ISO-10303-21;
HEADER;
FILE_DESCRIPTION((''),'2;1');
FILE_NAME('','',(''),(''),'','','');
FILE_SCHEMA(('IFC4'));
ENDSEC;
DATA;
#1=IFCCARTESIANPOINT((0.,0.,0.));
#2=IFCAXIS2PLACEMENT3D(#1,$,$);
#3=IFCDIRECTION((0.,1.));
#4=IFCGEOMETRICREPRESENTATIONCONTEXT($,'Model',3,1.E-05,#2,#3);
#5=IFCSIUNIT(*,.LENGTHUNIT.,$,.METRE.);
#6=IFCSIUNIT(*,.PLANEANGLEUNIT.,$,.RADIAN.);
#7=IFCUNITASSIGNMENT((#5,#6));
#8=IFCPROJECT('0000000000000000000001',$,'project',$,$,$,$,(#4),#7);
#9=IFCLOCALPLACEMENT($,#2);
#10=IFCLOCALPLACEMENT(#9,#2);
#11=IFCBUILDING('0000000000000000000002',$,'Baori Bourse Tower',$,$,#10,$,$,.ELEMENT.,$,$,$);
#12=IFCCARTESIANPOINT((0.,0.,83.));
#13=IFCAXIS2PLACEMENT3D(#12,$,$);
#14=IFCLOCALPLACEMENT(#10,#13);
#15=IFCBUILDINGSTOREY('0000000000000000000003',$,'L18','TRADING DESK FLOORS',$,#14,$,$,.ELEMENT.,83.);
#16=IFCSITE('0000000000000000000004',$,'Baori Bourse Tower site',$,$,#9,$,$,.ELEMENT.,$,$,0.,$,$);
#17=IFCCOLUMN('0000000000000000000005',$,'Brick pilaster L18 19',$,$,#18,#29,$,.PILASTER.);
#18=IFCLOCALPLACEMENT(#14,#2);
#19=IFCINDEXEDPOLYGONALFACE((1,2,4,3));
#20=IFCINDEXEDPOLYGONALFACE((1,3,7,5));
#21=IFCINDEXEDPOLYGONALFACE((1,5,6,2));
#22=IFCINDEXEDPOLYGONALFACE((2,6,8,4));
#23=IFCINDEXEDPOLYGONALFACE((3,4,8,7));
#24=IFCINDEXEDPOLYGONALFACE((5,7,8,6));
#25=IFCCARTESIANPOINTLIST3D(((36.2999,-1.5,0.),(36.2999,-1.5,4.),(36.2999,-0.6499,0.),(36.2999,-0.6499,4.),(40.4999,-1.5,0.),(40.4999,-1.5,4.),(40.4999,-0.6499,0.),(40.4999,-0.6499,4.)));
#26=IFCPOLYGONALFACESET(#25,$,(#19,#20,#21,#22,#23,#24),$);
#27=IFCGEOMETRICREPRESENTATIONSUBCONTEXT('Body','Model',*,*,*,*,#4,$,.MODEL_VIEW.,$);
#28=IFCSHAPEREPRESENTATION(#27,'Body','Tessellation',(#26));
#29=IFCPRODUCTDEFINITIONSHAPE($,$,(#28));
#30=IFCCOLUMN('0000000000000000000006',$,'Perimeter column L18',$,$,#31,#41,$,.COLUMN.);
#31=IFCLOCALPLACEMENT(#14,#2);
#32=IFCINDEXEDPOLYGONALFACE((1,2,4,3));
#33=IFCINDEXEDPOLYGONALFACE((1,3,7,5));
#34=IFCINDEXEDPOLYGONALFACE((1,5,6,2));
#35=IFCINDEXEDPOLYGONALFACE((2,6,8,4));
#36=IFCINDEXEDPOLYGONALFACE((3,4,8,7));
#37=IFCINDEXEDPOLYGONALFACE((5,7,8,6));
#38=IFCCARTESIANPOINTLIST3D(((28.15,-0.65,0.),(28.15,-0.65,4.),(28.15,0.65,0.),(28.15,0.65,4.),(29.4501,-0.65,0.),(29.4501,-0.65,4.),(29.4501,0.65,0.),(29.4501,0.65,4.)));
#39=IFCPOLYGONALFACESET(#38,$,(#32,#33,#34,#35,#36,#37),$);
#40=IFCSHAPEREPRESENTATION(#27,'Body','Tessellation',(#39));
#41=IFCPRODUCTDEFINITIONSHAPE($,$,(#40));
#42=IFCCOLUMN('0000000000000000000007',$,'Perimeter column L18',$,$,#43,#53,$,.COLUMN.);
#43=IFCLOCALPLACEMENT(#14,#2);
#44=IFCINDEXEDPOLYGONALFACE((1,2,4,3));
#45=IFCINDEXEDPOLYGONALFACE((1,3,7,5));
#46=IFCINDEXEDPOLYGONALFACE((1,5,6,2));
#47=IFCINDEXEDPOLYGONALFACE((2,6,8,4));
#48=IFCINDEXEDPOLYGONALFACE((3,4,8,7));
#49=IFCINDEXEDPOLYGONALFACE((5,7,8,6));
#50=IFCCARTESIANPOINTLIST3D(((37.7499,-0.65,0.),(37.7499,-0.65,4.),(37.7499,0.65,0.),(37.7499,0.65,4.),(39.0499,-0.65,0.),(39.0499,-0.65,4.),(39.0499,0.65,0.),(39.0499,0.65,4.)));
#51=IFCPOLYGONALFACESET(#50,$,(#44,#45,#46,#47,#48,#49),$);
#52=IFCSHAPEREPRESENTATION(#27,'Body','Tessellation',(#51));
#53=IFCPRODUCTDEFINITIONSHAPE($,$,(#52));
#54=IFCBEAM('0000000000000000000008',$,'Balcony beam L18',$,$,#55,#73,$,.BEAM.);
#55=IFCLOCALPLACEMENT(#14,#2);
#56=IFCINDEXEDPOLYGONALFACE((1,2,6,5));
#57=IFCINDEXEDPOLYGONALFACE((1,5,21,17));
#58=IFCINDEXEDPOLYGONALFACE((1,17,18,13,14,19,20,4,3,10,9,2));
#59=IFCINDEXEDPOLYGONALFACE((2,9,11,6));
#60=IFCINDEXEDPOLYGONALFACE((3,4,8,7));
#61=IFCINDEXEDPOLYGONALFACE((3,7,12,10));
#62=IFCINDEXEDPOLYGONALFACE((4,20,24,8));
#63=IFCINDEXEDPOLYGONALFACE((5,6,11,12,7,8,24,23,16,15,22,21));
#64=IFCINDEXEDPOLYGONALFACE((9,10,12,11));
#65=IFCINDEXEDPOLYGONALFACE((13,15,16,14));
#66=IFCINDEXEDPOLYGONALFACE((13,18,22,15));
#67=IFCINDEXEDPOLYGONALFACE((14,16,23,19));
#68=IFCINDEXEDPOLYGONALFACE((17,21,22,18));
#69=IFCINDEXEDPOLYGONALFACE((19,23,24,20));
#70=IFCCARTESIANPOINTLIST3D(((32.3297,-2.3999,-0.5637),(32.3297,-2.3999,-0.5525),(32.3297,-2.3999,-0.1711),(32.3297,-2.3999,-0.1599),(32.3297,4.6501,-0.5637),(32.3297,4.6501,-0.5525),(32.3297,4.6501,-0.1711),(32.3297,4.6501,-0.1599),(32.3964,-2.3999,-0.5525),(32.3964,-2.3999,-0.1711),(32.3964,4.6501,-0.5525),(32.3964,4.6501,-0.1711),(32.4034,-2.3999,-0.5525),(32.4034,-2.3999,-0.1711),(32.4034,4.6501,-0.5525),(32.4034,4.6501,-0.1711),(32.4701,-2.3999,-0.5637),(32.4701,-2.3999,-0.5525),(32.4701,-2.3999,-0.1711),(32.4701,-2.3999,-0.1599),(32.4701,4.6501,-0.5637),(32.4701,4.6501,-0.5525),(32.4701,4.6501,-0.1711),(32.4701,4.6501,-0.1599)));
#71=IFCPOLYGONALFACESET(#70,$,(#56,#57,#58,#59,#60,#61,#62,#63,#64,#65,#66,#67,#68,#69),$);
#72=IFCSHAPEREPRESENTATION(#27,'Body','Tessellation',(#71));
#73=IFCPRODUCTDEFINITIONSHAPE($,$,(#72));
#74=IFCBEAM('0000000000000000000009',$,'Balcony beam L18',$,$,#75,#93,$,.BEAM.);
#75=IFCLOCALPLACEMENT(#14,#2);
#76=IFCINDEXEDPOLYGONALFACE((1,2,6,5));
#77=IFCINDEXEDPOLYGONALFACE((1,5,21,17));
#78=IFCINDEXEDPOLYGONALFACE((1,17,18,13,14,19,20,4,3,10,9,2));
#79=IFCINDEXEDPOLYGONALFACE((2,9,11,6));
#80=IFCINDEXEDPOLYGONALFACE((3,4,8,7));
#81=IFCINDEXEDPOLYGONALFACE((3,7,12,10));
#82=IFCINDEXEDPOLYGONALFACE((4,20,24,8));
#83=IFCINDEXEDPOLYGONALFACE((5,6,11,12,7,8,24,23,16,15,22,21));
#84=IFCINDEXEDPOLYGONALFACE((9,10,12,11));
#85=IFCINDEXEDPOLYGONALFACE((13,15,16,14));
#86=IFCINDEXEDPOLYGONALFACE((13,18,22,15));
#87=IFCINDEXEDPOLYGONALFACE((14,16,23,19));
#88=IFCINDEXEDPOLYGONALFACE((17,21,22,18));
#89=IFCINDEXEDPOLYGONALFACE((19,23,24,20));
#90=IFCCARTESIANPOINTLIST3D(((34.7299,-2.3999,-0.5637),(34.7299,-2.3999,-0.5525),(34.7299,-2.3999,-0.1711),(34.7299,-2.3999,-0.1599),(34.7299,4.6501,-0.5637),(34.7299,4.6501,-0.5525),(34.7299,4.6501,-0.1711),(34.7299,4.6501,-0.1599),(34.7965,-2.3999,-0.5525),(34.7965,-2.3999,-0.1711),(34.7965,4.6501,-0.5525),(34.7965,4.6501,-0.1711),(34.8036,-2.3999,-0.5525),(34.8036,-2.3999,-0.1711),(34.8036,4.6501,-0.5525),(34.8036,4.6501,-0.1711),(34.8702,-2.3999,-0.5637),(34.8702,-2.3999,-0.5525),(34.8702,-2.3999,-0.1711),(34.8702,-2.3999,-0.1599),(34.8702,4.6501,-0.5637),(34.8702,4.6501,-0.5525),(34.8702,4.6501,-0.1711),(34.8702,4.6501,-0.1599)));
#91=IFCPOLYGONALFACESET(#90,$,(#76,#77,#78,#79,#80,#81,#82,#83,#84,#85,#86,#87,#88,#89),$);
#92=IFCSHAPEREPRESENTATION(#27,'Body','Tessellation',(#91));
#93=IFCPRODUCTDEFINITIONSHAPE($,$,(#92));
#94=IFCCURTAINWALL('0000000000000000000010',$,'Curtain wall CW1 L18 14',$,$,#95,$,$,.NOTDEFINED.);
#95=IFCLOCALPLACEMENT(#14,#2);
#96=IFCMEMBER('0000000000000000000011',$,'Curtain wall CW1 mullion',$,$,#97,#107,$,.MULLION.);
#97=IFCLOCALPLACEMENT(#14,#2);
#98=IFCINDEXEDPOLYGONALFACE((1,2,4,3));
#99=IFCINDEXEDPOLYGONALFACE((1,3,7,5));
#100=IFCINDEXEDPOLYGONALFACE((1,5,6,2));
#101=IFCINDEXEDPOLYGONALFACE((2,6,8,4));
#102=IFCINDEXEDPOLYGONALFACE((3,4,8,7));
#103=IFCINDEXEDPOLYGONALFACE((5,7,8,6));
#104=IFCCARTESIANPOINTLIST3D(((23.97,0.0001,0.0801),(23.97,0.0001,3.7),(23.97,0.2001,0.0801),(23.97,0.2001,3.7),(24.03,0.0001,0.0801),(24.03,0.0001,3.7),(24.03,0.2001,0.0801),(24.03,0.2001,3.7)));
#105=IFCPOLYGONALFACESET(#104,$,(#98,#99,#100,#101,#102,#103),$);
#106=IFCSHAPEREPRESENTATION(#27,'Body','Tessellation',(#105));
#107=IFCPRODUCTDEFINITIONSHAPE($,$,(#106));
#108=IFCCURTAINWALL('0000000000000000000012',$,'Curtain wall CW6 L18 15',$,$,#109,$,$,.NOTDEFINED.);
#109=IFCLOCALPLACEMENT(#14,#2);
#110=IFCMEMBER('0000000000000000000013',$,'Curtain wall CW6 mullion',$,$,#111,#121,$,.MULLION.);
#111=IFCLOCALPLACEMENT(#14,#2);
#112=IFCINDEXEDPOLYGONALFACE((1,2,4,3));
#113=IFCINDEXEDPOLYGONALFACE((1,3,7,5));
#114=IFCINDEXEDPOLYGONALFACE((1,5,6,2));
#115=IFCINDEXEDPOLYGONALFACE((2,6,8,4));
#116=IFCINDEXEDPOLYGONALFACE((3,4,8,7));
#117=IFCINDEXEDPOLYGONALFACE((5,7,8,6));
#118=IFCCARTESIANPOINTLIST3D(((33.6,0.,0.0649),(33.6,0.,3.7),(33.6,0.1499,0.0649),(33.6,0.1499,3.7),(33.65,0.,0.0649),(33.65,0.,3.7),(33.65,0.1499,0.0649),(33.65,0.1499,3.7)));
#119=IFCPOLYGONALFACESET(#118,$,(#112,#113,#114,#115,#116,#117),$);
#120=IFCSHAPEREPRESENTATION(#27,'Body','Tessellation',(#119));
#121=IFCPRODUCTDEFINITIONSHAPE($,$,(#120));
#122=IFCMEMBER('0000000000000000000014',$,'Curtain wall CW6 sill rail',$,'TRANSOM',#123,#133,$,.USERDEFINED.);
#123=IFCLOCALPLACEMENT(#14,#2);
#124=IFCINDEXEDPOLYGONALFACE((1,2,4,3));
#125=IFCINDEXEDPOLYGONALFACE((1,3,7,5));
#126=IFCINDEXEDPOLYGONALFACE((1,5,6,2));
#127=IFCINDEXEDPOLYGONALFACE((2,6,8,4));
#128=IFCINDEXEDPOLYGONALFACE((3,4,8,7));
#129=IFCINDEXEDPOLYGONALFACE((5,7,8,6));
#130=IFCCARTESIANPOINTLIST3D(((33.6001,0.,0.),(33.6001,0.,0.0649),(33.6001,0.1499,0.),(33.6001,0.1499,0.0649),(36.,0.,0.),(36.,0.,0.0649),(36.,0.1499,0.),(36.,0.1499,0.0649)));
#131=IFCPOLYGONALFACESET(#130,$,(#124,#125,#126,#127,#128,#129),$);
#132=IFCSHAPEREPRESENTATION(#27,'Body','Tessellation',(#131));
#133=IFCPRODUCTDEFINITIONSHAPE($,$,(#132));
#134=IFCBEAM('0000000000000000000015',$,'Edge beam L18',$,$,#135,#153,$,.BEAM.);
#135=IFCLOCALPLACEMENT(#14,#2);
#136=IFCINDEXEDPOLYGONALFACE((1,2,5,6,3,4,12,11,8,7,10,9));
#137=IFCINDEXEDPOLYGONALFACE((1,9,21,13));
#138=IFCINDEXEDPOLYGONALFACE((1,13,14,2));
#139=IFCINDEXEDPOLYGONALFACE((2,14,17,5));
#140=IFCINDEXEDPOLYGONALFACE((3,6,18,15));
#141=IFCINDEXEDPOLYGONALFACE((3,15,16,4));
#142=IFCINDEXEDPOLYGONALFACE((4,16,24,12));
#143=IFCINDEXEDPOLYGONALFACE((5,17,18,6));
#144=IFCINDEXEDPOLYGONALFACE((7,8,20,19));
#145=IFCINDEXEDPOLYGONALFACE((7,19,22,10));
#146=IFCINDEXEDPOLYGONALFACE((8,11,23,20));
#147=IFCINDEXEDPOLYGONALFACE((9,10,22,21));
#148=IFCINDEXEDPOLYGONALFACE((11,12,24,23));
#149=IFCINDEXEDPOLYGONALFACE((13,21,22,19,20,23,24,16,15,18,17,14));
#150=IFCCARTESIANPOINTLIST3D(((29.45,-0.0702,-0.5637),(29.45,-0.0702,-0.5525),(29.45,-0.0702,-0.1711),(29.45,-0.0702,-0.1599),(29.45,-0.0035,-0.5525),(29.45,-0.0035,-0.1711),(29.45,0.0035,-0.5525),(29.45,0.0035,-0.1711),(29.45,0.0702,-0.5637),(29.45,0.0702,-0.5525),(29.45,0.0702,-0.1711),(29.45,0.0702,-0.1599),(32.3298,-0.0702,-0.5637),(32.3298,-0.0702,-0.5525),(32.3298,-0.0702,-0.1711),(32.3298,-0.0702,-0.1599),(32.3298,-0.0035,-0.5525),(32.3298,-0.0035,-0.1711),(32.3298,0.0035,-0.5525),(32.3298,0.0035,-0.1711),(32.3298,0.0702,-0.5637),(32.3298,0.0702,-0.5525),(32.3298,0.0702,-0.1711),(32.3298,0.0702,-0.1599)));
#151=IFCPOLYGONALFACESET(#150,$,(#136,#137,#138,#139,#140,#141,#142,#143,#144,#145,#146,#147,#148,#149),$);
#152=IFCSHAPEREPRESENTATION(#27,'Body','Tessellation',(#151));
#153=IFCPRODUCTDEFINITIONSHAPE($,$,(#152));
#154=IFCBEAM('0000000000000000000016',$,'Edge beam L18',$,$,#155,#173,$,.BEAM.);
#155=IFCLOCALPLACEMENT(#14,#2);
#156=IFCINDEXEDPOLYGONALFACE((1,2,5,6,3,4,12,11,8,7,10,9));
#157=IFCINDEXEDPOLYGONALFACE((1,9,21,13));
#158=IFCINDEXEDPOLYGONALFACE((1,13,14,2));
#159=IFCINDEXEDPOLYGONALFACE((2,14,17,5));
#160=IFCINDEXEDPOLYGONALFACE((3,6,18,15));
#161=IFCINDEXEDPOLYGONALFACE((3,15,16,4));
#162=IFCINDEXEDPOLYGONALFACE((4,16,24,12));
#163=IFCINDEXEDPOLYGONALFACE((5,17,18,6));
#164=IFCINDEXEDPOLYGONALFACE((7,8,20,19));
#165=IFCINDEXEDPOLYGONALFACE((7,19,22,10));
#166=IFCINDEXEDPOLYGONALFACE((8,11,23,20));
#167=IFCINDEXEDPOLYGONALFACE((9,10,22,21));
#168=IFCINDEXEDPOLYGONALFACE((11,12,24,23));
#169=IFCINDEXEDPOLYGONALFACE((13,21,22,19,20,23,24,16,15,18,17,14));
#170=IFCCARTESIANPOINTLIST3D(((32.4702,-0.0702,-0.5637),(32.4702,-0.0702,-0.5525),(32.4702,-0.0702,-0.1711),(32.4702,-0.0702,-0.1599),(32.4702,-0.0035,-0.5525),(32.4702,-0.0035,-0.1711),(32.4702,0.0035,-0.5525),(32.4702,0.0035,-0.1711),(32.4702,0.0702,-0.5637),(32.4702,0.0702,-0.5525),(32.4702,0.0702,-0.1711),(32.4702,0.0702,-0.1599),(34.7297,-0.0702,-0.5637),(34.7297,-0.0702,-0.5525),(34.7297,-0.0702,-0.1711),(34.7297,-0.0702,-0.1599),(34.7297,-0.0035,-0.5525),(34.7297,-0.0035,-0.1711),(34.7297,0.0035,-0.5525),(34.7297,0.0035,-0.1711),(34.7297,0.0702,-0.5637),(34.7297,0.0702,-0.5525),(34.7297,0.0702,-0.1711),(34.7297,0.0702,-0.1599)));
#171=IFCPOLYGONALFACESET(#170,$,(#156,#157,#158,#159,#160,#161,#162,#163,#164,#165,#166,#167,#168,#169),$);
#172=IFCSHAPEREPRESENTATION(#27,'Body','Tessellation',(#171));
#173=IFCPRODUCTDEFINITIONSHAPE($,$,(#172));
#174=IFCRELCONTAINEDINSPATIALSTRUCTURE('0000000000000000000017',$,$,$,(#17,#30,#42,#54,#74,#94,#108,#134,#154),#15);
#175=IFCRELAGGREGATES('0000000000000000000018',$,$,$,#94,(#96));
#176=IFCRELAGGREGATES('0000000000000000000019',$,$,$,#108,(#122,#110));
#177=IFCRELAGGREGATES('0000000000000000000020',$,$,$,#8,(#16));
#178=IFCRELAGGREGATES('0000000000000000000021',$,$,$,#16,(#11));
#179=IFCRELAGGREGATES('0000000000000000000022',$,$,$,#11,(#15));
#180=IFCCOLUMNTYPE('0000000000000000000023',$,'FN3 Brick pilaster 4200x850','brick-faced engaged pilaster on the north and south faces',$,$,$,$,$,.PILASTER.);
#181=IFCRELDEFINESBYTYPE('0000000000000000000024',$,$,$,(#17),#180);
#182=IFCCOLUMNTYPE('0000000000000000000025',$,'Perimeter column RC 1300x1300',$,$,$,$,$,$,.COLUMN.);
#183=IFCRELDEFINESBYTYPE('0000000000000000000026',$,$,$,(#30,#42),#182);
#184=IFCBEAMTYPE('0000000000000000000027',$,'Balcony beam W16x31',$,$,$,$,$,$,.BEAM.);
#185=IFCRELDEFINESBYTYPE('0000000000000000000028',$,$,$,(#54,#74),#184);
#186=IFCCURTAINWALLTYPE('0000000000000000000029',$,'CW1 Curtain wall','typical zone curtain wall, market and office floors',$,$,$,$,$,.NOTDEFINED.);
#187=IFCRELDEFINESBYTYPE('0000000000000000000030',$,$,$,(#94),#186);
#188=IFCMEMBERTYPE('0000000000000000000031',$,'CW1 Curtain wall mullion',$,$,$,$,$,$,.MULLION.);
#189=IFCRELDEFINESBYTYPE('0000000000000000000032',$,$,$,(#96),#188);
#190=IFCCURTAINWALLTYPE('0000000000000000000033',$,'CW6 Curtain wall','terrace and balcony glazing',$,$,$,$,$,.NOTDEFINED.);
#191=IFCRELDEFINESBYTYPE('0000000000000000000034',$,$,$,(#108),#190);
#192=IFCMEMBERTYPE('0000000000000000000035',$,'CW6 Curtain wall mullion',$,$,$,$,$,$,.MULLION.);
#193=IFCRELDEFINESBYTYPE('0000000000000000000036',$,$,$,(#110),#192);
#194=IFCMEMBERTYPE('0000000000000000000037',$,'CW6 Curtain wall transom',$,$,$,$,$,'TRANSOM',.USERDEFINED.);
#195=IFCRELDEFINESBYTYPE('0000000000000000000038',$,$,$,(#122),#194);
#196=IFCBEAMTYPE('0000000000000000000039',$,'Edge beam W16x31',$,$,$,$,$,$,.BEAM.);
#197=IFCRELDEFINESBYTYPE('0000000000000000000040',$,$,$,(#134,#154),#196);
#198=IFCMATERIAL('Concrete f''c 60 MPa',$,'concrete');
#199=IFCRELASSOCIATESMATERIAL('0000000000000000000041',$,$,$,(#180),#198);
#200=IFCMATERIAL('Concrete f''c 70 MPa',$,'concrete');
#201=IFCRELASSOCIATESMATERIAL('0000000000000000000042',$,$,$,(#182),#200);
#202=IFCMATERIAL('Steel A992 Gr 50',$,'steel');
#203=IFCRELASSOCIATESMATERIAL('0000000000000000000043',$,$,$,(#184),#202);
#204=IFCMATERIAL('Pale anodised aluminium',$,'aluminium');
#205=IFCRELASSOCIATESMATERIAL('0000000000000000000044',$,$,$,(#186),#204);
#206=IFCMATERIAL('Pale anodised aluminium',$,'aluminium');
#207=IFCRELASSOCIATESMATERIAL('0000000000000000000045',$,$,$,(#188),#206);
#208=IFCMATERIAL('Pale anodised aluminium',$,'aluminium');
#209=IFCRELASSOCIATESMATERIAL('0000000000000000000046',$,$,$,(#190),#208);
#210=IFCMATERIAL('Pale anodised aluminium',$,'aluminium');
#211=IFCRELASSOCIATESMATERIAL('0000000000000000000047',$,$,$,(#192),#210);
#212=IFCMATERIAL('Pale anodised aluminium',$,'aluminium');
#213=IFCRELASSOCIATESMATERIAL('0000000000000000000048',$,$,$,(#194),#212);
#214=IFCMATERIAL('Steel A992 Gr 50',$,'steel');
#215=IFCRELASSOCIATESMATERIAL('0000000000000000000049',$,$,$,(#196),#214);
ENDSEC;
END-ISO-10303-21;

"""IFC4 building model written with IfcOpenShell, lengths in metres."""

from ifc_helpers import new_model, si_unit, direction, frame, origin, origin_2d, place, context, subcontext, project, spatial, rectangle, i_section, extrude, material, material_profile, profile_set, type_object, element, aggregate, save


model = new_model("IFC4")

# Units and contexts
model_context = context("Model", 3, precision=1e-05, world=origin(), true_north=direction((0.0, 1.0)))
body_context = subcontext(model_context, "Body", "Model", "MODEL_VIEW")
ifc_project = project(units=[si_unit("LENGTHUNIT", "METRE"), si_unit("PLANEANGLEUNIT", "RADIAN")], contexts=[model_context])

# Site, building, storey
site_placement = place(None, origin())
site = spatial("IfcSite", under=ifc_project, at=site_placement, Name="Baori Bourse Tower site", CompositionType="ELEMENT", RefElevation=0.0)
building_placement = place(site_placement, origin())
building = spatial("IfcBuilding", under=site, at=building_placement, Name="Baori Bourse Tower", CompositionType="ELEMENT")
storey_placement = place(building_placement, frame((0.0, 0.0, 83.0)))
storey = spatial("IfcBuildingStorey", under=building, at=storey_placement, Name="L18", Description="TRADING DESK FLOORS", CompositionType="ELEMENT", Elevation=83.0)

# Columns
ifc_material_1 = material(Name="Concrete f'c 60 MPa", Category="concrete")
ifc_material_profile_1 = material_profile(ifc_material_1, rectangle(XDim=4.2, YDim=0.8501, at=origin_2d()), Name="RC 4200x850")
ifc_profile_set_1 = profile_set([ifc_material_profile_1], Name="Concrete f'c 60 MPa")
column_type_1 = type_object("IfcColumnType", Name="FN3 Brick pilaster 4200x850", Description="brick-faced engaged pilaster on the north and south faces", PredefinedType="PILASTER", material=ifc_profile_set_1)
column_placement = place(storey_placement, frame((38.3999, -1.075, 0.0), z_axis=(0.0, 0.0, 1.0), x_axis=(1.0, 0.0, 0.0)))
element("IfcColumn", 1, at=column_placement, inside=storey, type_object=column_type_1, Name="Brick pilaster L18 19", PredefinedType="PILASTER", context=body_context, shape_type="SweptSolid", body=[
    extrude(rectangle(XDim=4.2, YDim=0.8501, at=origin_2d()), origin(), (0.0, 0.0, 1.0), 4.0),
])
ifc_material_2 = material(Name="Concrete f'c 70 MPa", Category="concrete")
ifc_material_profile_2 = material_profile(ifc_material_2, rectangle(XDim=1.3, YDim=1.3, at=origin_2d()), Name="RC 1300x1300")
ifc_profile_set_2 = profile_set([ifc_material_profile_2], Name="Concrete f'c 70 MPa")
column_type_2 = type_object("IfcColumnType", Name="Perimeter column RC 1300x1300", PredefinedType="COLUMN", material=ifc_profile_set_2)
for number, where, z_axis, x_axis, name in (
    (2, (28.8, 0.0, 0.0), (0.0, 0.0, 1.0), (1.0, 0.0, 0.0), "Perimeter column L18"),
    (3, (38.3999, 0.0, 0.0), (0.0, 0.0, 1.0), (1.0, 0.0, 0.0), "Perimeter column L18"),
):
    element("IfcColumn", number, at=place(storey_placement, frame(where, z_axis=z_axis, x_axis=x_axis)), inside=storey, type_object=column_type_2, Name=name, PredefinedType="COLUMN", context=body_context, shape_type="SweptSolid", body=[
        extrude(rectangle(XDim=1.3, YDim=1.3, at=origin_2d()), origin(), (0.0, 0.0, 1.0), 4.0),
    ])

# Beams
ifc_material_3 = material(Name="Steel A992 Gr 50", Category="steel")
ifc_material_profile_3 = material_profile(ifc_material_3, i_section(OverallWidth=0.1404, OverallDepth=0.4038, WebThickness=0.0071, FlangeThickness=0.0112, at=origin_2d()), Name="W16x31")
ifc_profile_set_3 = profile_set([ifc_material_profile_3], Name="Steel A992 Gr 50")
beam_type_1 = type_object("IfcBeamType", Name="Balcony beam W16x31", PredefinedType="BEAM", material=ifc_profile_set_3)
for number, where, z_axis, x_axis, name in (
    (4, (32.3999, -2.3999, -0.3618), (0.0, 1.0, 0.0), (-1.0, 0.0, 0.0), "Balcony beam L18"),
    (5, (34.8, -2.3999, -0.3618), (0.0, 1.0, 0.0), (-1.0, 0.0, 0.0), "Balcony beam L18"),
):
    element("IfcBeam", number, at=place(storey_placement, frame(where, z_axis=z_axis, x_axis=x_axis)), inside=storey, type_object=beam_type_1, Name=name, PredefinedType="BEAM", context=body_context, shape_type="SweptSolid", body=[
        extrude(i_section(OverallWidth=0.1404, OverallDepth=0.4038, WebThickness=0.0071, FlangeThickness=0.0112, at=origin_2d()), origin(), (0.0, 0.0, 1.0), 7.05),
    ])

# Curtain wall, member
ifc_material_4 = material(Name="Pale anodised aluminium", Category="aluminium")
curtain_wall_type_1 = type_object("IfcCurtainWallType", Name="CW1 Curtain wall", Description="typical zone curtain wall, market and office floors", PredefinedType="NOTDEFINED", material=ifc_material_4)
curtain_wall_1_placement = place(storey_placement, origin())
curtain_wall_1 = element("IfcCurtainWall", 6, at=curtain_wall_1_placement, inside=storey, type_object=curtain_wall_type_1, Name="Curtain wall CW1 L18 14", PredefinedType="NOTDEFINED")
ifc_material_5 = material(Name="Pale anodised aluminium", Category="aluminium")
ifc_material_profile_4 = material_profile(ifc_material_5, rectangle(XDim=0.2, YDim=0.0601, at=origin_2d()), Name="Mullion 60x200")
ifc_profile_set_4 = profile_set([ifc_material_profile_4], Name="Pale anodised aluminium")
member_type_1 = type_object("IfcMemberType", Name="CW1 Curtain wall mullion", PredefinedType="MULLION", material=ifc_profile_set_4)
member_1_placement = place(storey_placement, frame((24.0, 0.1001, 0.0801), z_axis=(0.0, 0.0, 1.0), x_axis=(0.0, 1.0, 0.0)))
member_1 = element("IfcMember", 7, at=member_1_placement, type_object=member_type_1, Name="Curtain wall CW1 mullion", PredefinedType="MULLION", context=body_context, shape_type="SweptSolid", body=[
    extrude(rectangle(XDim=0.2, YDim=0.0601, at=origin_2d()), origin(), (0.0, 0.0, 1.0), 3.6199),
])

# Curtain wall, members
ifc_material_6 = material(Name="Pale anodised aluminium", Category="aluminium")
curtain_wall_type_2 = type_object("IfcCurtainWallType", Name="CW6 Curtain wall", Description="terrace and balcony glazing", PredefinedType="NOTDEFINED", material=ifc_material_6)
curtain_wall_2_placement = place(storey_placement, origin())
curtain_wall_2 = element("IfcCurtainWall", 8, at=curtain_wall_2_placement, inside=storey, type_object=curtain_wall_type_2, Name="Curtain wall CW6 L18 15", PredefinedType="NOTDEFINED")
ifc_material_7 = material(Name="Pale anodised aluminium", Category="aluminium")
ifc_material_profile_5 = material_profile(ifc_material_7, rectangle(XDim=0.1499, YDim=0.05, at=origin_2d()), Name="Mullion 50x150")
ifc_profile_set_5 = profile_set([ifc_material_profile_5], Name="Pale anodised aluminium")
member_type_2 = type_object("IfcMemberType", Name="CW6 Curtain wall mullion", PredefinedType="MULLION", material=ifc_profile_set_5)
member_2_placement = place(storey_placement, frame((33.625, 0.075, 0.0649), z_axis=(0.0, 0.0, 1.0), x_axis=(0.0, 1.0, 0.0)))
member_2 = element("IfcMember", 9, at=member_2_placement, type_object=member_type_2, Name="Curtain wall CW6 mullion", PredefinedType="MULLION", context=body_context, shape_type="SweptSolid", body=[
    extrude(rectangle(XDim=0.1499, YDim=0.05, at=origin_2d()), origin(), (0.0, 0.0, 1.0), 3.635),
])
ifc_material_8 = material(Name="Pale anodised aluminium", Category="aluminium")
ifc_material_profile_6 = material_profile(ifc_material_8, rectangle(XDim=0.1499, YDim=0.0649, at=origin_2d()), Name="Transom 65x150")
ifc_profile_set_6 = profile_set([ifc_material_profile_6], Name="Pale anodised aluminium")
member_type_3 = type_object("IfcMemberType", Name="CW6 Curtain wall transom", ElementType="TRANSOM", PredefinedType="USERDEFINED", material=ifc_profile_set_6)
member_3_placement = place(storey_placement, frame((33.6001, 0.075, 0.0325), z_axis=(1.0, 0.0, 0.0), x_axis=(0.0, 1.0, 0.0)))
member_3 = element("IfcMember", 10, at=member_3_placement, type_object=member_type_3, Name="Curtain wall CW6 sill rail", ObjectType="TRANSOM", PredefinedType="USERDEFINED", context=body_context, shape_type="SweptSolid", body=[
    extrude(rectangle(XDim=0.1499, YDim=0.0649, at=origin_2d()), origin(), (0.0, 0.0, 1.0), 2.3999),
])

# Beams
ifc_material_9 = material(Name="Steel A992 Gr 50", Category="steel")
ifc_material_profile_7 = material_profile(ifc_material_9, i_section(OverallWidth=0.1404, OverallDepth=0.4038, WebThickness=0.0071, FlangeThickness=0.0112, at=origin_2d()), Name="W16x31")
ifc_profile_set_7 = profile_set([ifc_material_profile_7], Name="Steel A992 Gr 50")
beam_type_2 = type_object("IfcBeamType", Name="Edge beam W16x31", PredefinedType="BEAM", material=ifc_profile_set_7)
beam_1_placement = place(storey_placement, frame((29.45, 0.0, -0.3618), z_axis=(1.0, 0.0, 0.0), x_axis=(0.0, 1.0, 0.0)))
element("IfcBeam", 11, at=beam_1_placement, inside=storey, type_object=beam_type_2, Name="Edge beam L18", PredefinedType="BEAM", context=body_context, shape_type="SweptSolid", body=[
    extrude(i_section(OverallWidth=0.1404, OverallDepth=0.4038, WebThickness=0.0071, FlangeThickness=0.0112, at=origin_2d()), origin(), (0.0, 0.0, 1.0), 2.8799),
])
beam_2_placement = place(storey_placement, frame((32.4702, 0.0, -0.3618), z_axis=(1.0, 0.0, 0.0), x_axis=(0.0, 1.0, 0.0)))
element("IfcBeam", 12, at=beam_2_placement, inside=storey, type_object=beam_type_2, Name="Edge beam L18", PredefinedType="BEAM", context=body_context, shape_type="SweptSolid", body=[
    extrude(i_section(OverallWidth=0.1404, OverallDepth=0.4038, WebThickness=0.0071, FlangeThickness=0.0112, at=origin_2d()), origin(), (0.0, 0.0, 1.0), 2.2595),
])

aggregate(curtain_wall_1, [member_1])
aggregate(curtain_wall_2, [member_3, member_2])

save(model, "model.ifc")
